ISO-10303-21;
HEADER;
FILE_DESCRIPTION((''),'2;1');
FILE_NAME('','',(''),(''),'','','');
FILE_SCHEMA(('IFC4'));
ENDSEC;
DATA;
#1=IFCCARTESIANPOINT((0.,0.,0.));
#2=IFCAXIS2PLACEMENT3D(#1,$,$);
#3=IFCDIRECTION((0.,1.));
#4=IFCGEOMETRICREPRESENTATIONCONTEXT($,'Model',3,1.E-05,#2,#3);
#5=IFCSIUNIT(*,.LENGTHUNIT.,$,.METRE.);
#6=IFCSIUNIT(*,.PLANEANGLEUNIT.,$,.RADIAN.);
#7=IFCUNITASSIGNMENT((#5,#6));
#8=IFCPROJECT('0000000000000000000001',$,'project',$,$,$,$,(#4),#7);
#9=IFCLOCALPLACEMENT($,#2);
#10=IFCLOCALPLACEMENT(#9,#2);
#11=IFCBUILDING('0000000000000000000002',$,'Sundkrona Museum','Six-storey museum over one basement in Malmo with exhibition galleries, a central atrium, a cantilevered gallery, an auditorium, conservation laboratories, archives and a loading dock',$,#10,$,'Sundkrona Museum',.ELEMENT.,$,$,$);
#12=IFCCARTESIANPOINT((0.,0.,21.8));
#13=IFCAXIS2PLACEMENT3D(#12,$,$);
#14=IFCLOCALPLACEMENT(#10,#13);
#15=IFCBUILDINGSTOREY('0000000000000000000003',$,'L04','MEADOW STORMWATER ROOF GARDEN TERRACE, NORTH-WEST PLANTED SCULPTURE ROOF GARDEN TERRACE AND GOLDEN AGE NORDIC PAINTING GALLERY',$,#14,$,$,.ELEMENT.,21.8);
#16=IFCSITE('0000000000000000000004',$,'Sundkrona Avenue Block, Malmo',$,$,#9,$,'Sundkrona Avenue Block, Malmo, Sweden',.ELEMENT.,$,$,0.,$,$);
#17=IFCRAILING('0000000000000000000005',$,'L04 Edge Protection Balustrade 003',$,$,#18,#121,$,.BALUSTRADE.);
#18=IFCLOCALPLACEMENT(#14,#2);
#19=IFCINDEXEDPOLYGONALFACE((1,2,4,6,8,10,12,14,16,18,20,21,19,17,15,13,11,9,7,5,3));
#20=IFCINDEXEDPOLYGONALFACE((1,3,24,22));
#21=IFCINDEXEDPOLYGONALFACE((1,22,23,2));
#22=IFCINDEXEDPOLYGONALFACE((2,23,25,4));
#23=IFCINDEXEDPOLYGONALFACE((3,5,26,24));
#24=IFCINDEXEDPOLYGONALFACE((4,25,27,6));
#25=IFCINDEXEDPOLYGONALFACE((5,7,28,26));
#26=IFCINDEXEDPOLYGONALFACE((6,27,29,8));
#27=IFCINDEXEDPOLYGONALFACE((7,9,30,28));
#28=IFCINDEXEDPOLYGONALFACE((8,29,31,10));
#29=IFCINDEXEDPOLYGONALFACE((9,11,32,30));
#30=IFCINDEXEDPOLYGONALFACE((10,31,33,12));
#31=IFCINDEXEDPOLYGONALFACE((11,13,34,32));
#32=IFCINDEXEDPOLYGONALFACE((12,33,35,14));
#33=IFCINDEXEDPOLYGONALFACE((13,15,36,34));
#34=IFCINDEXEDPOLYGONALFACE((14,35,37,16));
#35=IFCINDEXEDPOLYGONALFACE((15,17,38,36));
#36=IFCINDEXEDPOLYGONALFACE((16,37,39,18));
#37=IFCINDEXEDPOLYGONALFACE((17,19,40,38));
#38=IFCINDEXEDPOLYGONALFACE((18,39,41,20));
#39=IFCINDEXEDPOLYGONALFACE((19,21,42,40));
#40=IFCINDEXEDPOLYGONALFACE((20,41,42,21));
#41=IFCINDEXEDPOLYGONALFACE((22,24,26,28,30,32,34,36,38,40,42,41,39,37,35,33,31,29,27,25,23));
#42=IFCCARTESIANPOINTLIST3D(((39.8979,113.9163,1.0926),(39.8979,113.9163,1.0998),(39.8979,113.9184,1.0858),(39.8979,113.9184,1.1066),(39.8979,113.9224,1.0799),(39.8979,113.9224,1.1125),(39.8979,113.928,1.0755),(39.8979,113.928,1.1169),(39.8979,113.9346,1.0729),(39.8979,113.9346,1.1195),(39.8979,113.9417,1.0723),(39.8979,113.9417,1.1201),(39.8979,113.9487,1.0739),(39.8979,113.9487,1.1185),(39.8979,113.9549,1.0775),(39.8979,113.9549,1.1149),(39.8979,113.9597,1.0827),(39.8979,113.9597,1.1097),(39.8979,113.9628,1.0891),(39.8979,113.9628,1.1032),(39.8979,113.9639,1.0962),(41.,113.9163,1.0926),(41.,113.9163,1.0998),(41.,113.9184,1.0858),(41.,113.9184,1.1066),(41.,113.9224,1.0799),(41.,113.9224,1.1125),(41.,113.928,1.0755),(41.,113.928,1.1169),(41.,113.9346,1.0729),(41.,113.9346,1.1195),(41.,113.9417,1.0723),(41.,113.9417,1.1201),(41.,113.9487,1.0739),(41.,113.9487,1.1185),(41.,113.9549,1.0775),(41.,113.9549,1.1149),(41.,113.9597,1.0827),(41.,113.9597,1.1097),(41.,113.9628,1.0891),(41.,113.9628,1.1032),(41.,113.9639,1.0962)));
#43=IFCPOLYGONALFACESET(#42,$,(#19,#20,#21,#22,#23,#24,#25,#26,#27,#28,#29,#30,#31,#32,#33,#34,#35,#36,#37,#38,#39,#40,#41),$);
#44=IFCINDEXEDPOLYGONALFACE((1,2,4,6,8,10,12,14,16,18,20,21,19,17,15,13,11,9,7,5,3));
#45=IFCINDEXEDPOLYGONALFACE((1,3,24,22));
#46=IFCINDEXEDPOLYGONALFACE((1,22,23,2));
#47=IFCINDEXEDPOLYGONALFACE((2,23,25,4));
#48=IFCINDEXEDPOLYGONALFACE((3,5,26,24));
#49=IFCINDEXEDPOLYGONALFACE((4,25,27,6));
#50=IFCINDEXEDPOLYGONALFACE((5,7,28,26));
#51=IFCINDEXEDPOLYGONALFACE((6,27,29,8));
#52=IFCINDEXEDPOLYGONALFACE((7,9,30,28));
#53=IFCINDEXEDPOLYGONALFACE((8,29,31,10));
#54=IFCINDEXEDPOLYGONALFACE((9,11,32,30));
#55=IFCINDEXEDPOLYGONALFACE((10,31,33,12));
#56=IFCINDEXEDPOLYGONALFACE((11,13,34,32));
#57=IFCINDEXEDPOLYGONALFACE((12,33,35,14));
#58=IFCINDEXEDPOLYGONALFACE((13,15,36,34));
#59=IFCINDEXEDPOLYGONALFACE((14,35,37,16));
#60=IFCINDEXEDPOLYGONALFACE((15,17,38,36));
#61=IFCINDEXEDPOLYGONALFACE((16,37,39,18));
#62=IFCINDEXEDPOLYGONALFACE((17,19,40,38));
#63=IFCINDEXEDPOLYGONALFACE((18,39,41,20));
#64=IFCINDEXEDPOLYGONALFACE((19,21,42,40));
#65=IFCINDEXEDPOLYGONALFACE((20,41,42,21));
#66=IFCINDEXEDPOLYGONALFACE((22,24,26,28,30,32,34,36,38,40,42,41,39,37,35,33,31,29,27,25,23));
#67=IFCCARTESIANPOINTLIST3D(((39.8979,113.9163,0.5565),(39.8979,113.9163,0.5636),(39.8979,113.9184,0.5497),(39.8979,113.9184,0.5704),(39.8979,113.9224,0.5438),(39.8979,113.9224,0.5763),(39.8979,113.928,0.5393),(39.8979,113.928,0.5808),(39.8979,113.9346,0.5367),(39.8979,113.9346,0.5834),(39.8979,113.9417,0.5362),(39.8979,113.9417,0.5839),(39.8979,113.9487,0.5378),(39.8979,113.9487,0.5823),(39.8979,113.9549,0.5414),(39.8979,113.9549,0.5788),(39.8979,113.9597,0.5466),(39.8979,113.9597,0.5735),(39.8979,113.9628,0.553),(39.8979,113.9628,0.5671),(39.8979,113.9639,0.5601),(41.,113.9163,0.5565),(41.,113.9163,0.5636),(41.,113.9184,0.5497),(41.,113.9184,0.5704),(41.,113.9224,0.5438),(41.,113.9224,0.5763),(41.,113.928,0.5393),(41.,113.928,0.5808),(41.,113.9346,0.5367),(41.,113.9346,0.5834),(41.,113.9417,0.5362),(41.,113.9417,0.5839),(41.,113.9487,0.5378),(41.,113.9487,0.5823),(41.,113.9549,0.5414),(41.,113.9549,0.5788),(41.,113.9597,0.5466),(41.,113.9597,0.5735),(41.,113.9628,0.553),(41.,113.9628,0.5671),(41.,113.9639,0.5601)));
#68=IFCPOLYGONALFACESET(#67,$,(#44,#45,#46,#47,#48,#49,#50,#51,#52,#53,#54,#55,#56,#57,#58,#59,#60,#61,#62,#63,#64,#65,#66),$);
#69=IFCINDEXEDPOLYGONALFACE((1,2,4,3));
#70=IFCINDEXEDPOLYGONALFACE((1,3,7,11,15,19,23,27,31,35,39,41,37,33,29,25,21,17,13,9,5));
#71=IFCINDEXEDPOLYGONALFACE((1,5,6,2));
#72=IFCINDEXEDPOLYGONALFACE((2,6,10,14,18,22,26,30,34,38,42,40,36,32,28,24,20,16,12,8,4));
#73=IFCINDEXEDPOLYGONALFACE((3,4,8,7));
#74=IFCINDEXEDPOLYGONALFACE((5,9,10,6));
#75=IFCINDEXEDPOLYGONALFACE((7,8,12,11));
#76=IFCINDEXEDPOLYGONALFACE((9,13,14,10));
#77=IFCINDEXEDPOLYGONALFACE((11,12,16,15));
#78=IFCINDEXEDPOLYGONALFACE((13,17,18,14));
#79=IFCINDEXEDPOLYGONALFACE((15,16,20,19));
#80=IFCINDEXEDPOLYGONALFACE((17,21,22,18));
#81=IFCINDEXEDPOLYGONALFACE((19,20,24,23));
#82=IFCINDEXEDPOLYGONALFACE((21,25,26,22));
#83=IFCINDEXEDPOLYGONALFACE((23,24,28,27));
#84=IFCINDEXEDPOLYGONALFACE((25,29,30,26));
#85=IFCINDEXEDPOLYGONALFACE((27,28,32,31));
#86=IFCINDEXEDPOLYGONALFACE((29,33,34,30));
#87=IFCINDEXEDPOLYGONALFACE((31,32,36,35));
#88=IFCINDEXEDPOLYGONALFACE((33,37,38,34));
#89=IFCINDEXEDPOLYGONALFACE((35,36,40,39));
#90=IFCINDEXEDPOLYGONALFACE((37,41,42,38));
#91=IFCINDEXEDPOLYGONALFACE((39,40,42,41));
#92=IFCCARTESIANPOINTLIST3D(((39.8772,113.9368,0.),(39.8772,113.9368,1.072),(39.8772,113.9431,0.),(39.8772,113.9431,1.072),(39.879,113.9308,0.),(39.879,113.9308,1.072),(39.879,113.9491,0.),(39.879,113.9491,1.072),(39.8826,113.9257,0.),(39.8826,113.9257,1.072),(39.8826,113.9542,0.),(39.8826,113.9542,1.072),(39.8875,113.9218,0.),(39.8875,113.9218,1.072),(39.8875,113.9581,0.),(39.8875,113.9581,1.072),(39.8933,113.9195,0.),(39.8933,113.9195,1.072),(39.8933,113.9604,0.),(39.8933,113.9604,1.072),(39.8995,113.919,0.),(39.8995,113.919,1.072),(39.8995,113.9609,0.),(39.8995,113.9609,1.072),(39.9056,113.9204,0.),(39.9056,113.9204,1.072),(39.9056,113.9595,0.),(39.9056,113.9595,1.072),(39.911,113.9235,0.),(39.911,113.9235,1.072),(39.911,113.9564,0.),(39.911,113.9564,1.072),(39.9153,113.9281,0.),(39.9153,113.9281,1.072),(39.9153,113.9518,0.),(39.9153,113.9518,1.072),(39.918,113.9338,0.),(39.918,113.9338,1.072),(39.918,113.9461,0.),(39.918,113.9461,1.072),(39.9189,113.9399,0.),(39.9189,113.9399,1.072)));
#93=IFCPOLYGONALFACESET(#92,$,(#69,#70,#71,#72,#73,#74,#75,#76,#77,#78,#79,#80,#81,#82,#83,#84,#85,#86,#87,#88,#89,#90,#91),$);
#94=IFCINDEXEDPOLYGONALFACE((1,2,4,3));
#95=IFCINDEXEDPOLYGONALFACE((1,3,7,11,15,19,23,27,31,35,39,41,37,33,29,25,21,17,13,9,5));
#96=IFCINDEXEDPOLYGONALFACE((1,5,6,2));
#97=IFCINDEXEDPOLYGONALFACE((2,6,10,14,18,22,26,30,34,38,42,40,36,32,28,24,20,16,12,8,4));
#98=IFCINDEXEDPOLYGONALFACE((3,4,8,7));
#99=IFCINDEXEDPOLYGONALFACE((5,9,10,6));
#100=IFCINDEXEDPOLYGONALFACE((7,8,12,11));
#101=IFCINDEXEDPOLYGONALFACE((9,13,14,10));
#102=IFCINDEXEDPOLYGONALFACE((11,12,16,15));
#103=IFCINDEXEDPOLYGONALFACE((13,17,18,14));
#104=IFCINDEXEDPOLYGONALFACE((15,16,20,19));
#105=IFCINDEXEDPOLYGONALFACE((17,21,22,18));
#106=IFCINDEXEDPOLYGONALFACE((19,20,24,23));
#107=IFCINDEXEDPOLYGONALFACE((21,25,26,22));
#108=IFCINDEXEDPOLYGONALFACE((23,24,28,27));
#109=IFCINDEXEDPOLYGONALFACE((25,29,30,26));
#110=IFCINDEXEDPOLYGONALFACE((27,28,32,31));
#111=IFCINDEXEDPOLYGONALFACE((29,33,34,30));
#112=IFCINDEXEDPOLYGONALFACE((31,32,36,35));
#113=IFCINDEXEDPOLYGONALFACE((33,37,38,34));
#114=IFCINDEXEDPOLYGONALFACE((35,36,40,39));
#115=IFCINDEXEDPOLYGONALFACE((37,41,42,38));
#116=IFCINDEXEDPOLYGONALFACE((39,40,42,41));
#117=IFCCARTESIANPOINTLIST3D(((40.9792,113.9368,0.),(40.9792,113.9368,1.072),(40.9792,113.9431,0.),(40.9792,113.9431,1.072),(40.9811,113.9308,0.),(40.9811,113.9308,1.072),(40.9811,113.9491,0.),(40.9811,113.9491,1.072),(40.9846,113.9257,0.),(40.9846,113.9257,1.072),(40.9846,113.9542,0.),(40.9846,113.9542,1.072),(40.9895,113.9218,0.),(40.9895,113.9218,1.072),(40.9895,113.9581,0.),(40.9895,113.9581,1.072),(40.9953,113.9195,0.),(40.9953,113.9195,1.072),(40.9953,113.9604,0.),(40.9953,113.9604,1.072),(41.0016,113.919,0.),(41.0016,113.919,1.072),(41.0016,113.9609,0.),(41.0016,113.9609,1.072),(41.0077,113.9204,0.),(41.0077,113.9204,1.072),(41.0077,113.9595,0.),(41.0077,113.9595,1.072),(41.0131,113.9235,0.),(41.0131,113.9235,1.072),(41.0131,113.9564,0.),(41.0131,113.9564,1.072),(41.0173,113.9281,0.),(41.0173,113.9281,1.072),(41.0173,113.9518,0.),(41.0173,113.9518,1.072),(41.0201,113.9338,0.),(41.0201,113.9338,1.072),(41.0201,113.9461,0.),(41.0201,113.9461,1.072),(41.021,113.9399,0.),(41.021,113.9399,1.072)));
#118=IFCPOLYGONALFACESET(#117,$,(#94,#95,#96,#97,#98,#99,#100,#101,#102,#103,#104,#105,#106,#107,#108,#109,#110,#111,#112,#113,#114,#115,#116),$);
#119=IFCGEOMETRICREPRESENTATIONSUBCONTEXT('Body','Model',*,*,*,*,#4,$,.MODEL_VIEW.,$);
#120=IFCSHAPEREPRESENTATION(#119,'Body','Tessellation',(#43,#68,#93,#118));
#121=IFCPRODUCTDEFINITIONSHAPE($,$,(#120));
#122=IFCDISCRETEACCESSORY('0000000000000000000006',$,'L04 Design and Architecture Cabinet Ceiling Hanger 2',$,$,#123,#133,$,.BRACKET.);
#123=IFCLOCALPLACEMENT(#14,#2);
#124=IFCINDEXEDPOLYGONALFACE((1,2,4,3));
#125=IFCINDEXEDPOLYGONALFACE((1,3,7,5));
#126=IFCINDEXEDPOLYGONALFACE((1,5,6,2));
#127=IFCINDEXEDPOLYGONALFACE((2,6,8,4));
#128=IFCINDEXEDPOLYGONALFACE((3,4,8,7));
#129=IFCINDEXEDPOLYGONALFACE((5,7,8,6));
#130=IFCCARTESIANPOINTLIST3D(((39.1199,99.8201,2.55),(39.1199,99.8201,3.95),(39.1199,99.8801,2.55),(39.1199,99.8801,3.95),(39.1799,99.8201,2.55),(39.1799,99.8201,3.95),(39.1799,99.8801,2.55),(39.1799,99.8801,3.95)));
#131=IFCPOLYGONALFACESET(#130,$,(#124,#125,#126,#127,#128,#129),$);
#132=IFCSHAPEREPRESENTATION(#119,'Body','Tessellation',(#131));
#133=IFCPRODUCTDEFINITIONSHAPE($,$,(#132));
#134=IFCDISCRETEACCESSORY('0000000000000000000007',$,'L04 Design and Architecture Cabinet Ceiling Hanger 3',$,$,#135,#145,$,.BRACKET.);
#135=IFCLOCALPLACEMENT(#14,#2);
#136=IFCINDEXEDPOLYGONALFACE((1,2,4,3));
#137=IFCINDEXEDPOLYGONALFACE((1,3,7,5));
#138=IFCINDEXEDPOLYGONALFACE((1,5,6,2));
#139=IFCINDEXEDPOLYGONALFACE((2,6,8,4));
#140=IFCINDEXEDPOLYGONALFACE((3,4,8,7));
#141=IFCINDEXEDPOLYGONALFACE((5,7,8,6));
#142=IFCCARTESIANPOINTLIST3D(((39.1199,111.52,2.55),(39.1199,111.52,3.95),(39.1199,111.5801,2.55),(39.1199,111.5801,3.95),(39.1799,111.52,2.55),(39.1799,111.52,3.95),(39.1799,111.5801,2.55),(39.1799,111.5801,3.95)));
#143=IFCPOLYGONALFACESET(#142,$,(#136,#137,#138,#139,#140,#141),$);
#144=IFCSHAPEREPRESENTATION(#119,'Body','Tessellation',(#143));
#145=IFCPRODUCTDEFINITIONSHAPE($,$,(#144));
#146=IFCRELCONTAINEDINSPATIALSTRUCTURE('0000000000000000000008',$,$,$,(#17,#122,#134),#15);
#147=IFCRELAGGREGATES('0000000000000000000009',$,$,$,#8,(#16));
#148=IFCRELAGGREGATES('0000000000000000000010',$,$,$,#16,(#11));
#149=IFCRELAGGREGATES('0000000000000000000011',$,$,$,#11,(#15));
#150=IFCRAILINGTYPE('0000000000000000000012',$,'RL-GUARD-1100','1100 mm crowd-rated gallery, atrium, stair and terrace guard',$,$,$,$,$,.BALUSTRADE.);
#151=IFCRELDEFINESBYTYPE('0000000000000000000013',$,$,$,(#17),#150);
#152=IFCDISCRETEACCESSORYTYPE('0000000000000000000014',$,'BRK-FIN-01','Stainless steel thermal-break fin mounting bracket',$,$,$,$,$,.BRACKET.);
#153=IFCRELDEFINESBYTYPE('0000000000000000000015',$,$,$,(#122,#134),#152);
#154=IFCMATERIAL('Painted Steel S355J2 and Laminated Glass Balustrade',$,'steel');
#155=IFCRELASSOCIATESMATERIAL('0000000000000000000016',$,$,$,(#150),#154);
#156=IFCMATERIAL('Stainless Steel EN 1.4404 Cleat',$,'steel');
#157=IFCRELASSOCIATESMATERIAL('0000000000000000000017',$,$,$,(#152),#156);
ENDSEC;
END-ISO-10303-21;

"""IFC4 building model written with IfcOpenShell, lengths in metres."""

from ifc_helpers import new_model, si_unit, direction, frame, origin, origin_2d, place, context, subcontext, project, spatial, rectangle, circle, extrude, material, type_object, element, save


model = new_model("IFC4")

# Units and contexts
model_context = context("Model", 3, precision=1e-05, world=origin(), true_north=direction((0.0, 1.0)))
body_context = subcontext(model_context, "Body", "Model", "MODEL_VIEW")
ifc_project = project(units=[si_unit("LENGTHUNIT", "METRE"), si_unit("PLANEANGLEUNIT", "RADIAN")], contexts=[model_context])

# Site, building, storey
site_placement = place(None, origin())
site = spatial("IfcSite", under=ifc_project, at=site_placement, Name="Sundkrona Avenue Block, Malmo", LongName="Sundkrona Avenue Block, Malmo, Sweden", CompositionType="ELEMENT", RefElevation=0.0)
building_placement = place(site_placement, origin())
building = spatial("IfcBuilding", under=site, at=building_placement, Name="Sundkrona Museum", Description="Six-storey museum over one basement in Malmo with exhibition galleries, a central atrium, a cantilevered gallery, an auditorium, conservation laboratories, archives and a loading dock", LongName="Sundkrona Museum", CompositionType="ELEMENT")
storey_placement = place(building_placement, frame((0.0, 0.0, 21.8)))
storey = spatial("IfcBuildingStorey", under=building, at=storey_placement, Name="L04", Description="MEADOW STORMWATER ROOF GARDEN TERRACE, NORTH-WEST PLANTED SCULPTURE ROOF GARDEN TERRACE AND GOLDEN AGE NORDIC PAINTING GALLERY", CompositionType="ELEMENT", Elevation=21.8)

# Railing
ifc_material_1 = material(Name="Painted Steel S355J2 and Laminated Glass Balustrade", Category="steel")
railing_type = type_object("IfcRailingType", Name="RL-GUARD-1100", Description="1100 mm crowd-rated gallery, atrium, stair and terrace guard", PredefinedType="BALUSTRADE", material=ifc_material_1)
railing_placement = place(storey_placement, frame((39.8979, 113.9399, 0.0)))
element("IfcRailing", 1, at=railing_placement, inside=storey, type_object=railing_type, Name="L04 Edge Protection Balustrade 003", PredefinedType="BALUSTRADE", context=body_context, shape_type="SweptSolid", body=[
    extrude(circle(Radius=0.0239, at=origin_2d()), frame((0.0, 0.0, 1.0962), z_axis=(1.0, 0.0, 0.0), x_axis=(0.0, 1.0, 0.0)), (0.0, 0.0, 1.0), 1.1021),
    extrude(circle(Radius=0.0239, at=origin_2d()), frame((0.0, 0.0, 0.5601), z_axis=(1.0, 0.0, 0.0), x_axis=(0.0, 1.0, 0.0)), (0.0, 0.0, 1.0), 1.1021),
    extrude(circle(Radius=0.021, at=origin_2d()), origin(), (0.0, 0.0, 1.0), 1.072),
    extrude(circle(Radius=0.021, at=origin_2d()), frame((1.1021, 0.0, 0.0)), (0.0, 0.0, 1.0), 1.072),
])

# Discrete accessories
ifc_material_2 = material(Name="Stainless Steel EN 1.4404 Cleat", Category="steel")
discrete_accessory_type = type_object("IfcDiscreteAccessoryType", Name="BRK-FIN-01", Description="Stainless steel thermal-break fin mounting bracket", PredefinedType="BRACKET", material=ifc_material_2)
for number, where, z_axis, x_axis, name in (
    (2, (39.1499, 99.8501, 2.55), (0.0, 0.0, 1.0), (1.0, 0.0, 0.0), "L04 Design and Architecture Cabinet Ceiling Hanger 2"),
    (3, (39.1499, 111.55, 2.55), (0.0, 0.0, 1.0), (1.0, 0.0, 0.0), "L04 Design and Architecture Cabinet Ceiling Hanger 3"),
):
    element("IfcDiscreteAccessory", number, at=place(storey_placement, frame(where, z_axis=z_axis, x_axis=x_axis)), inside=storey, type_object=discrete_accessory_type, Name=name, PredefinedType="BRACKET", context=body_context, shape_type="SweptSolid", body=[
        extrude(rectangle(XDim=0.0601, YDim=0.0601, at=origin_2d()), origin(), (0.0, 0.0, 1.0), 1.3999),
    ])

save(model, "model.ifc")
